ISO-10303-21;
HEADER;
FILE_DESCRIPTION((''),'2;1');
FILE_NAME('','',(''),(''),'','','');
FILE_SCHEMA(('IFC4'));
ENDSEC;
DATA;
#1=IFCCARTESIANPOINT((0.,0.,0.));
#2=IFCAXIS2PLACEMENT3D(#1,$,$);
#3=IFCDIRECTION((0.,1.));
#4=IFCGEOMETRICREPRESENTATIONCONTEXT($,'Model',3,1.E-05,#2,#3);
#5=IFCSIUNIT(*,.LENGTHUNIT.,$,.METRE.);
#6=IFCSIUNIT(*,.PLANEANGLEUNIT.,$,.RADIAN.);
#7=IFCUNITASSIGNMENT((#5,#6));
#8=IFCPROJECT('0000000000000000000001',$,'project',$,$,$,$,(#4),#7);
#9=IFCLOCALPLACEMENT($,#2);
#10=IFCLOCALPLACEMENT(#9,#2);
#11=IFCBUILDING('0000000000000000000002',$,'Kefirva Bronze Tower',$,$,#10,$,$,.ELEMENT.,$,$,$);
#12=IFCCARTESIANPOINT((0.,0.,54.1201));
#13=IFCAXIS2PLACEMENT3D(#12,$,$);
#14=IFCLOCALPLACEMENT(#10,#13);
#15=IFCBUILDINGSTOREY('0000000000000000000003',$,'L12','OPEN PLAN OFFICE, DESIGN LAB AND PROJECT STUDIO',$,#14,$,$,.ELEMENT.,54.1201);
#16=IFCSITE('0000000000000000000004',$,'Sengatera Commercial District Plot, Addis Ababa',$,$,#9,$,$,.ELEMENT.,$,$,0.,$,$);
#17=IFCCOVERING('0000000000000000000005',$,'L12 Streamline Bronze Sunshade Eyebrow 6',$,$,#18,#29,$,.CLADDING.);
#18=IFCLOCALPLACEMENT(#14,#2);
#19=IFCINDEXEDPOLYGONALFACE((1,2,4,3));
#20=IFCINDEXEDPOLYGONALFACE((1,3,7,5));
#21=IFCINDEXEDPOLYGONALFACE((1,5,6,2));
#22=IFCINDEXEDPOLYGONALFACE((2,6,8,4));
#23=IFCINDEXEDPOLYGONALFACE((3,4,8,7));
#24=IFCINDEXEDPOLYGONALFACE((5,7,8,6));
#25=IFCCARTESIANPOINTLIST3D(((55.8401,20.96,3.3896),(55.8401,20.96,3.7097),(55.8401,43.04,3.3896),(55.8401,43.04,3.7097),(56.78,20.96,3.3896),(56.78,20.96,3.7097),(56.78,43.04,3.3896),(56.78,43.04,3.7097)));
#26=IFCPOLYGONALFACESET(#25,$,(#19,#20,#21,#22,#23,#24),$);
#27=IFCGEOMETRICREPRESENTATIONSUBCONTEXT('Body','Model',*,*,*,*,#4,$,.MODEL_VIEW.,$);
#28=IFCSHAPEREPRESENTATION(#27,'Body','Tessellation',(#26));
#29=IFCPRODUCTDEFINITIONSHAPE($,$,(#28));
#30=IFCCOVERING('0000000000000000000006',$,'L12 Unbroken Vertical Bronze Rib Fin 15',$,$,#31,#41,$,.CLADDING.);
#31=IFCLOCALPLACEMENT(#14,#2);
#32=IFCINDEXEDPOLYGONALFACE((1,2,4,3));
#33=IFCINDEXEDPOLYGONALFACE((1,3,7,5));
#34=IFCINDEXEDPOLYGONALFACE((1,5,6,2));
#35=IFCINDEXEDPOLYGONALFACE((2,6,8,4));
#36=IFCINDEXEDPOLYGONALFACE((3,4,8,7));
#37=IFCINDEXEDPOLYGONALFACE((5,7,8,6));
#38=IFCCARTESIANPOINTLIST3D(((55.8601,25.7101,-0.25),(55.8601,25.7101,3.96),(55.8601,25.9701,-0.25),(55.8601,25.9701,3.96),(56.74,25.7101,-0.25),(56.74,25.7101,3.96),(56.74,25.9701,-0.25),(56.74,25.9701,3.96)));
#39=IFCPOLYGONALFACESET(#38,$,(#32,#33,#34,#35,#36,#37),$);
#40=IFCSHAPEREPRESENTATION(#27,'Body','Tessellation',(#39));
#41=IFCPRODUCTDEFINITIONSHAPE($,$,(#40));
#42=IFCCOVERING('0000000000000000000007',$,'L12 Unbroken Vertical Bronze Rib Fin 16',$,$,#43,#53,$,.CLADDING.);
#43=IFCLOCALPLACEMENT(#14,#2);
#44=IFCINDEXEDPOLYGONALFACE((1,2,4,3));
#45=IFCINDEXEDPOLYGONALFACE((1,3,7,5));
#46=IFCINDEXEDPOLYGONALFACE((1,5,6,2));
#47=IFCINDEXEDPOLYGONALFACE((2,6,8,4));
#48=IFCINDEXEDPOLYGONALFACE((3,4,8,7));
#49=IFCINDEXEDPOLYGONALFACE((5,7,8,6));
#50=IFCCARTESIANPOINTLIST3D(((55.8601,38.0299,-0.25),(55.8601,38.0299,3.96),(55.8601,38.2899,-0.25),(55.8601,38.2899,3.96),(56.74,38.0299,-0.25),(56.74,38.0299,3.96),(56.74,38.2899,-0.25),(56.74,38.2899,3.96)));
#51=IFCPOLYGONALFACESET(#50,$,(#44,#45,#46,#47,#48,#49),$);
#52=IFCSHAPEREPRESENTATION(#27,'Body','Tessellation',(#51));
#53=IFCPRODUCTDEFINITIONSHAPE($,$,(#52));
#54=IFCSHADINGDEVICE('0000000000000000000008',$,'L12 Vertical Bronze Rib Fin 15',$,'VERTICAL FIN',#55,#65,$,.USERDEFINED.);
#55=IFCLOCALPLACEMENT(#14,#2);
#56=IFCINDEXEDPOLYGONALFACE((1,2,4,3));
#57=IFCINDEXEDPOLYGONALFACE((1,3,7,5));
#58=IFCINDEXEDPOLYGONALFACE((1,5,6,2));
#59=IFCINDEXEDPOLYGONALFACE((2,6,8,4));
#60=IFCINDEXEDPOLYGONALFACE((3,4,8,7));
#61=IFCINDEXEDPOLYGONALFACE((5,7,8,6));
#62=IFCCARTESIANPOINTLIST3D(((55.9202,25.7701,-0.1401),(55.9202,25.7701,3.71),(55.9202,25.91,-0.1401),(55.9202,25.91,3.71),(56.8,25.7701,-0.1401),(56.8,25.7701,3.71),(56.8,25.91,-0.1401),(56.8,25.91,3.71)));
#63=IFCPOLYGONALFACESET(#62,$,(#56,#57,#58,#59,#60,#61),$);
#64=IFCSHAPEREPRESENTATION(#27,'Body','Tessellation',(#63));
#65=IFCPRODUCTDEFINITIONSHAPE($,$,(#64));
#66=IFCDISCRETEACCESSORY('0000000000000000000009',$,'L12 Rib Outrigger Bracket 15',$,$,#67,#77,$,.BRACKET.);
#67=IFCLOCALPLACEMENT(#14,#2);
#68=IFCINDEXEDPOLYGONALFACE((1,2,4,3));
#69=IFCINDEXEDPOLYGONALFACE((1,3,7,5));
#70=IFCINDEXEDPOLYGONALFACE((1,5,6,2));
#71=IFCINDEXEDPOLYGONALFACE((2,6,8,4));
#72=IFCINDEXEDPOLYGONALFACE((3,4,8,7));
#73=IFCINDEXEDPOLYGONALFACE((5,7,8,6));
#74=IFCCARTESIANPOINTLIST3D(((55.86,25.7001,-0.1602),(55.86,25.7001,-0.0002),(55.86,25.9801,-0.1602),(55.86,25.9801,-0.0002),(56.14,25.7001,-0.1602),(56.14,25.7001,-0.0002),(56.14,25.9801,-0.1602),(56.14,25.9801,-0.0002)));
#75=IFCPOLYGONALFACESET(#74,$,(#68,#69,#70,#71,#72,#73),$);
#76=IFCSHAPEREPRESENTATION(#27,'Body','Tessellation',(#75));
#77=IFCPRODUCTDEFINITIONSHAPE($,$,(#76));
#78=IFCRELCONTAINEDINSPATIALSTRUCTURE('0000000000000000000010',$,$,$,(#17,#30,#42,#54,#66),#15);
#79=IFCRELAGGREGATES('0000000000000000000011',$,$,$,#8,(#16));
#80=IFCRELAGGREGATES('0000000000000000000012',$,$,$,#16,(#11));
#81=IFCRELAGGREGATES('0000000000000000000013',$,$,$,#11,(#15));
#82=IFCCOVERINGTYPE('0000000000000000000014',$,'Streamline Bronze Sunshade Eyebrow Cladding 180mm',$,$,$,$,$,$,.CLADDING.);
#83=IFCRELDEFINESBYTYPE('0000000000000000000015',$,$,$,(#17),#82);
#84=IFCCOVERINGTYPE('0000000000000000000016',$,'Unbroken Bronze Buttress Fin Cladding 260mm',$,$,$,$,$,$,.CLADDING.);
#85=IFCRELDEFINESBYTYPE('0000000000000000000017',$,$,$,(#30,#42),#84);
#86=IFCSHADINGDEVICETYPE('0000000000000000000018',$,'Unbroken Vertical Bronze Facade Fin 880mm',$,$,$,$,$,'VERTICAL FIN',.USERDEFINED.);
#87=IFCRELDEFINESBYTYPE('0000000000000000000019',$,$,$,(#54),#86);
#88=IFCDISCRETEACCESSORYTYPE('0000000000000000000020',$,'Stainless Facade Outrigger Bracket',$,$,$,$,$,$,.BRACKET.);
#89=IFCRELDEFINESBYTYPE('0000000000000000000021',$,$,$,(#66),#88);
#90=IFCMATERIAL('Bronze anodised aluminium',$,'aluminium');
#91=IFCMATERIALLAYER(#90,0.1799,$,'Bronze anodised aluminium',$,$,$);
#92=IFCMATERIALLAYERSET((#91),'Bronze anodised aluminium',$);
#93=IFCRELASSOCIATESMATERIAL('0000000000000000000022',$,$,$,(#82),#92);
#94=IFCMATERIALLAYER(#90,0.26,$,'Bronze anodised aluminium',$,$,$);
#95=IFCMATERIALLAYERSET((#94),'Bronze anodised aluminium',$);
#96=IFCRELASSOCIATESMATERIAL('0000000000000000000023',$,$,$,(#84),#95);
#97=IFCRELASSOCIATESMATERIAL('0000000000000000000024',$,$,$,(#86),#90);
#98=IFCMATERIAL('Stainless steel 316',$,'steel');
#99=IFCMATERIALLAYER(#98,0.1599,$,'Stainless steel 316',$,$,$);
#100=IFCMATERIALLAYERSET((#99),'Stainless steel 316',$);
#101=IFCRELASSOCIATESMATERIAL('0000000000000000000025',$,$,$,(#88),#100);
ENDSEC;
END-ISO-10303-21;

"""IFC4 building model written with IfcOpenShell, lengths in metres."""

from ifc_helpers import new_model, si_unit, direction, frame, origin, origin_2d, place, context, subcontext, project, spatial, rectangle, extrude, material, layer, layer_set, material_profile, profile_set, type_object, element, save


model = new_model("IFC4")

# Units and contexts
model_context = context("Model", 3, precision=1e-05, world=origin(), true_north=direction((0.0, 1.0)))
body_context = subcontext(model_context, "Body", "Model", "MODEL_VIEW")
ifc_project = project(units=[si_unit("LENGTHUNIT", "METRE"), si_unit("PLANEANGLEUNIT", "RADIAN")], contexts=[model_context])

# Site, building, storey
site_placement = place(None, origin())
site = spatial("IfcSite", under=ifc_project, at=site_placement, Name="Sengatera Commercial District Plot, Addis Ababa", CompositionType="ELEMENT", RefElevation=0.0)
building_placement = place(site_placement, origin())
building = spatial("IfcBuilding", under=site, at=building_placement, Name="Kefirva Bronze Tower", CompositionType="ELEMENT")
storey_placement = place(building_placement, frame((0.0, 0.0, 54.1201)))
storey = spatial("IfcBuildingStorey", under=building, at=storey_placement, Name="L12", Description="OPEN PLAN OFFICE, DESIGN LAB AND PROJECT STUDIO", CompositionType="ELEMENT", Elevation=54.1201)

# Shared definitions
ifc_material_1 = material(Name="Bronze anodised aluminium", Category="aluminium")

# Coverings
ifc_layer_1 = layer(ifc_material_1, 0.1799, Name="Bronze anodised aluminium")
ifc_layer_set_1 = layer_set([ifc_layer_1], Name="Bronze anodised aluminium")
covering_type_1 = type_object("IfcCoveringType", Name="Streamline Bronze Sunshade Eyebrow Cladding 180mm", PredefinedType="CLADDING", material=ifc_layer_set_1)
covering_1_placement = place(storey_placement, frame((56.3101, 32.0, 3.3896), z_axis=(0.0, 0.0, 1.0), x_axis=(0.0, 1.0, 0.0)))
element("IfcCovering", 1, at=covering_1_placement, inside=storey, type_object=covering_type_1, Name="L12 Streamline Bronze Sunshade Eyebrow 6", PredefinedType="CLADDING", context=body_context, shape_type="SweptSolid", body=[
    extrude(rectangle(XDim=22.0801, YDim=0.9399, at=origin_2d()), origin(), (0.0, 0.0, 1.0), 0.3201),
])
ifc_layer_2 = layer(ifc_material_1, 0.26, Name="Bronze anodised aluminium")
ifc_layer_set_2 = layer_set([ifc_layer_2], Name="Bronze anodised aluminium")
covering_type_2 = type_object("IfcCoveringType", Name="Unbroken Bronze Buttress Fin Cladding 260mm", PredefinedType="CLADDING", material=ifc_layer_set_2)
for number, where, z_axis, x_axis, name in (
    (2, (56.3, 25.8401, -0.25), (0.0, 0.0, 1.0), (0.0, 1.0, 0.0), "L12 Unbroken Vertical Bronze Rib Fin 15"),
    (3, (56.3, 38.1599, -0.25), (0.0, 0.0, 1.0), (0.0, 1.0, 0.0), "L12 Unbroken Vertical Bronze Rib Fin 16"),
):
    element("IfcCovering", number, at=place(storey_placement, frame(where, z_axis=z_axis, x_axis=x_axis)), inside=storey, type_object=covering_type_2, Name=name, PredefinedType="CLADDING", context=body_context, shape_type="SweptSolid", body=[
        extrude(rectangle(XDim=0.26, YDim=0.8799, at=origin_2d()), origin(), (0.0, 0.0, 1.0), 4.21),
    ])

# Shading device
ifc_material_profile_1 = material_profile(ifc_material_1, rectangle(XDim=0.1399, YDim=0.8799, at=origin_2d()), Name="BRONZE FIN 140x880")
ifc_profile_set_1 = profile_set([ifc_material_profile_1], Name="Bronze anodised aluminium")
shading_device_type = type_object("IfcShadingDeviceType", Name="Unbroken Vertical Bronze Facade Fin 880mm", ElementType="VERTICAL FIN", PredefinedType="USERDEFINED", material=ifc_profile_set_1)
shading_device_placement = place(storey_placement, frame((56.3601, 25.8401, -0.1401), z_axis=(0.0, 0.0, 1.0), x_axis=(0.0, 1.0, 0.0)))
element("IfcShadingDevice", 4, at=shading_device_placement, inside=storey, type_object=shading_device_type, Name="L12 Vertical Bronze Rib Fin 15", ObjectType="VERTICAL FIN", PredefinedType="USERDEFINED", context=body_context, shape_type="SweptSolid", body=[
    extrude(rectangle(XDim=0.1399, YDim=0.8799, at=origin_2d()), origin(), (0.0, 0.0, 1.0), 3.8501),
])

# Discrete accessory
ifc_material_2 = material(Name="Stainless steel 316", Category="steel")
ifc_layer_3 = layer(ifc_material_2, 0.1599, Name="Stainless steel 316")
ifc_layer_set_3 = layer_set([ifc_layer_3], Name="Stainless steel 316")
discrete_accessory_type = type_object("IfcDiscreteAccessoryType", Name="Stainless Facade Outrigger Bracket", PredefinedType="BRACKET", material=ifc_layer_set_3)
discrete_accessory_placement = place(storey_placement, frame((56.0, 25.8401, -0.1602), z_axis=(0.0, 0.0, 1.0), x_axis=(0.0, 1.0, 0.0)))
element("IfcDiscreteAccessory", 5, at=discrete_accessory_placement, inside=storey, type_object=discrete_accessory_type, Name="L12 Rib Outrigger Bracket 15", PredefinedType="BRACKET", context=body_context, shape_type="SweptSolid", body=[
    extrude(rectangle(XDim=0.28, YDim=0.28, at=origin_2d()), origin(), (0.0, 0.0, 1.0), 0.1599),
])

save(model, "model.ifc")
